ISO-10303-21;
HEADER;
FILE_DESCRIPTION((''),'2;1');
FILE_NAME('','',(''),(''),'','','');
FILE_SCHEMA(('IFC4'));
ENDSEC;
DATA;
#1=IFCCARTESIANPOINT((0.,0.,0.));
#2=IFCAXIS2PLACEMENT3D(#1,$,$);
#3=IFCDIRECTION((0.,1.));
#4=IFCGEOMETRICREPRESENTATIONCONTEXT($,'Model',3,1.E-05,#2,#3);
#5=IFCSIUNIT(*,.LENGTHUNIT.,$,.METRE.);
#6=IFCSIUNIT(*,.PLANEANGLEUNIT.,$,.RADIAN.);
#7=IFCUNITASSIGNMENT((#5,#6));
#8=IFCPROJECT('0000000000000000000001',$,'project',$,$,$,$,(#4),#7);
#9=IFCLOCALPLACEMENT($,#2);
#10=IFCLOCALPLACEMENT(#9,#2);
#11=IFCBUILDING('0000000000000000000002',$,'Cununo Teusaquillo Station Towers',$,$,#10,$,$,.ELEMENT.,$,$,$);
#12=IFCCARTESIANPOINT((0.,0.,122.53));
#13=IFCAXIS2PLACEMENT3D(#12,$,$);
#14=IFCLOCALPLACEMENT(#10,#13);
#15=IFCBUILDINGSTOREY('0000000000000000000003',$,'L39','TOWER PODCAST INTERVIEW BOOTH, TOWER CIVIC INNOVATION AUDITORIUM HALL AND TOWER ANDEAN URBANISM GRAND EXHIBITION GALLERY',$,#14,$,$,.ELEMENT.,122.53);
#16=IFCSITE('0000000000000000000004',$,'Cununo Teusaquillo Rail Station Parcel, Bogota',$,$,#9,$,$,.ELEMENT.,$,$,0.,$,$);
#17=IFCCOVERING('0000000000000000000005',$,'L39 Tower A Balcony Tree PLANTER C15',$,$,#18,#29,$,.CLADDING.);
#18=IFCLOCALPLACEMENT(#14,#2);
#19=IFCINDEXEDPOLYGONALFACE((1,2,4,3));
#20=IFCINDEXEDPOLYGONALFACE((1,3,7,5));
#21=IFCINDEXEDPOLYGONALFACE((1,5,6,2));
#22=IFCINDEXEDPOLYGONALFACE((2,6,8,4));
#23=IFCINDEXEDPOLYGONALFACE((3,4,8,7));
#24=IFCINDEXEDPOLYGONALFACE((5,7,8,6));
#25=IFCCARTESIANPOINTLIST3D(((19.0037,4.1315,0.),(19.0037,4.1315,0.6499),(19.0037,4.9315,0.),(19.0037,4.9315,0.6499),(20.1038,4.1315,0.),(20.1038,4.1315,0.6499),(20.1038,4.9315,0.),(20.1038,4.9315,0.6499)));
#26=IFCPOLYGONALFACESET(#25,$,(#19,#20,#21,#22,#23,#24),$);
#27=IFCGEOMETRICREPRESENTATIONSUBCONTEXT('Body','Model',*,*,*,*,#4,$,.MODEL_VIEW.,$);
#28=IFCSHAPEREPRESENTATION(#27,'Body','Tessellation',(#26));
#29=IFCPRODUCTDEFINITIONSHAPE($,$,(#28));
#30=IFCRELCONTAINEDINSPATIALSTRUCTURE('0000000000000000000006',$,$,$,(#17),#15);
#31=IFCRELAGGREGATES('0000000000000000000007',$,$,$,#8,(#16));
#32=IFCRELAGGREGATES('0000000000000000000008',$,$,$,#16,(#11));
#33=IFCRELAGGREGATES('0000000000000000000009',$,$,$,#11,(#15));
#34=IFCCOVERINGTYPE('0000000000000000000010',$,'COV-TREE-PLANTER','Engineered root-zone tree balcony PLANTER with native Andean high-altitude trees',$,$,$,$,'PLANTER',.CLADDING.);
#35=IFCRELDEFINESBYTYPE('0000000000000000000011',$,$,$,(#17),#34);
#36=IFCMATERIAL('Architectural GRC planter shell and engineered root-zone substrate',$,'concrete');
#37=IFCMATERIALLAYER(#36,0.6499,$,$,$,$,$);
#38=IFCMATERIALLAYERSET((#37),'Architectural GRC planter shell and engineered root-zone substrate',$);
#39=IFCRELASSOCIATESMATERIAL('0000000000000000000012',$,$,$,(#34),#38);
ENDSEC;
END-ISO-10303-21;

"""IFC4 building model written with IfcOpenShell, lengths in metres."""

from ifc_helpers import new_model, si_unit, direction, frame, origin, origin_2d, place, context, subcontext, project, spatial, rectangle, extrude, source, transform, mapped, material, layer, layer_set, type_object, element, save


model = new_model("IFC4")

# Units and contexts
model_context = context("Model", 3, precision=1e-05, world=origin(), true_north=direction((0.0, 1.0)))
body_context = subcontext(model_context, "Body", "Model", "MODEL_VIEW")
ifc_project = project(units=[si_unit("LENGTHUNIT", "METRE"), si_unit("PLANEANGLEUNIT", "RADIAN")], contexts=[model_context])

# Site, building, storey
site_placement = place(None, origin())
site = spatial("IfcSite", under=ifc_project, at=site_placement, Name="Cununo Teusaquillo Rail Station Parcel, Bogota", CompositionType="ELEMENT", RefElevation=0.0)
building_placement = place(site_placement, origin())
building = spatial("IfcBuilding", under=site, at=building_placement, Name="Cununo Teusaquillo Station Towers", CompositionType="ELEMENT")
storey_placement = place(building_placement, frame((0.0, 0.0, 122.53)))
storey = spatial("IfcBuildingStorey", under=building, at=storey_placement, Name="L39", Description="TOWER PODCAST INTERVIEW BOOTH, TOWER CIVIC INNOVATION AUDITORIUM HALL AND TOWER ANDEAN URBANISM GRAND EXHIBITION GALLERY", CompositionType="ELEMENT", Elevation=122.53)

# Covering
ifc_material_1 = material(Name="Architectural GRC planter shell and engineered root-zone substrate", Category="concrete")
ifc_layer_1 = layer(ifc_material_1, 0.6499)
ifc_layer_set_1 = layer_set([ifc_layer_1], Name="Architectural GRC planter shell and engineered root-zone substrate")
covering_type = type_object("IfcCoveringType", Name="COV-TREE-PLANTER", Description="Engineered root-zone tree balcony PLANTER with native Andean high-altitude trees", ElementType="PLANTER", PredefinedType="CLADDING", material=ifc_layer_set_1)
shared_shape_1 = source(origin(), body_context, "Body", "SweptSolid", [
    extrude(rectangle(XDim=1.1001, YDim=0.8, at=origin_2d()), origin(), (0.0, 0.0, 1.0), 0.6499),
])
covering_placement = place(storey_placement, frame((19.5537, 4.5315, 0.0), z_axis=(0.0, 0.0, 1.0), x_axis=(1.0, 0.0, 0.0)))
element("IfcCovering", 1, at=covering_placement, inside=storey, type_object=covering_type, Name="L39 Tower A Balcony Tree PLANTER C15", PredefinedType="CLADDING", context=body_context, shape_type="MappedRepresentation", body=[
    mapped(shared_shape_1, transform((0.0, 0.0, 0.0), x_axis=(1.0, 0.0, 0.0), y_axis=(0.0, 1.0, 0.0), z_axis=(0.0, 0.0, 1.0), scale=1.0)),
])

save(model, "model.ifc")
